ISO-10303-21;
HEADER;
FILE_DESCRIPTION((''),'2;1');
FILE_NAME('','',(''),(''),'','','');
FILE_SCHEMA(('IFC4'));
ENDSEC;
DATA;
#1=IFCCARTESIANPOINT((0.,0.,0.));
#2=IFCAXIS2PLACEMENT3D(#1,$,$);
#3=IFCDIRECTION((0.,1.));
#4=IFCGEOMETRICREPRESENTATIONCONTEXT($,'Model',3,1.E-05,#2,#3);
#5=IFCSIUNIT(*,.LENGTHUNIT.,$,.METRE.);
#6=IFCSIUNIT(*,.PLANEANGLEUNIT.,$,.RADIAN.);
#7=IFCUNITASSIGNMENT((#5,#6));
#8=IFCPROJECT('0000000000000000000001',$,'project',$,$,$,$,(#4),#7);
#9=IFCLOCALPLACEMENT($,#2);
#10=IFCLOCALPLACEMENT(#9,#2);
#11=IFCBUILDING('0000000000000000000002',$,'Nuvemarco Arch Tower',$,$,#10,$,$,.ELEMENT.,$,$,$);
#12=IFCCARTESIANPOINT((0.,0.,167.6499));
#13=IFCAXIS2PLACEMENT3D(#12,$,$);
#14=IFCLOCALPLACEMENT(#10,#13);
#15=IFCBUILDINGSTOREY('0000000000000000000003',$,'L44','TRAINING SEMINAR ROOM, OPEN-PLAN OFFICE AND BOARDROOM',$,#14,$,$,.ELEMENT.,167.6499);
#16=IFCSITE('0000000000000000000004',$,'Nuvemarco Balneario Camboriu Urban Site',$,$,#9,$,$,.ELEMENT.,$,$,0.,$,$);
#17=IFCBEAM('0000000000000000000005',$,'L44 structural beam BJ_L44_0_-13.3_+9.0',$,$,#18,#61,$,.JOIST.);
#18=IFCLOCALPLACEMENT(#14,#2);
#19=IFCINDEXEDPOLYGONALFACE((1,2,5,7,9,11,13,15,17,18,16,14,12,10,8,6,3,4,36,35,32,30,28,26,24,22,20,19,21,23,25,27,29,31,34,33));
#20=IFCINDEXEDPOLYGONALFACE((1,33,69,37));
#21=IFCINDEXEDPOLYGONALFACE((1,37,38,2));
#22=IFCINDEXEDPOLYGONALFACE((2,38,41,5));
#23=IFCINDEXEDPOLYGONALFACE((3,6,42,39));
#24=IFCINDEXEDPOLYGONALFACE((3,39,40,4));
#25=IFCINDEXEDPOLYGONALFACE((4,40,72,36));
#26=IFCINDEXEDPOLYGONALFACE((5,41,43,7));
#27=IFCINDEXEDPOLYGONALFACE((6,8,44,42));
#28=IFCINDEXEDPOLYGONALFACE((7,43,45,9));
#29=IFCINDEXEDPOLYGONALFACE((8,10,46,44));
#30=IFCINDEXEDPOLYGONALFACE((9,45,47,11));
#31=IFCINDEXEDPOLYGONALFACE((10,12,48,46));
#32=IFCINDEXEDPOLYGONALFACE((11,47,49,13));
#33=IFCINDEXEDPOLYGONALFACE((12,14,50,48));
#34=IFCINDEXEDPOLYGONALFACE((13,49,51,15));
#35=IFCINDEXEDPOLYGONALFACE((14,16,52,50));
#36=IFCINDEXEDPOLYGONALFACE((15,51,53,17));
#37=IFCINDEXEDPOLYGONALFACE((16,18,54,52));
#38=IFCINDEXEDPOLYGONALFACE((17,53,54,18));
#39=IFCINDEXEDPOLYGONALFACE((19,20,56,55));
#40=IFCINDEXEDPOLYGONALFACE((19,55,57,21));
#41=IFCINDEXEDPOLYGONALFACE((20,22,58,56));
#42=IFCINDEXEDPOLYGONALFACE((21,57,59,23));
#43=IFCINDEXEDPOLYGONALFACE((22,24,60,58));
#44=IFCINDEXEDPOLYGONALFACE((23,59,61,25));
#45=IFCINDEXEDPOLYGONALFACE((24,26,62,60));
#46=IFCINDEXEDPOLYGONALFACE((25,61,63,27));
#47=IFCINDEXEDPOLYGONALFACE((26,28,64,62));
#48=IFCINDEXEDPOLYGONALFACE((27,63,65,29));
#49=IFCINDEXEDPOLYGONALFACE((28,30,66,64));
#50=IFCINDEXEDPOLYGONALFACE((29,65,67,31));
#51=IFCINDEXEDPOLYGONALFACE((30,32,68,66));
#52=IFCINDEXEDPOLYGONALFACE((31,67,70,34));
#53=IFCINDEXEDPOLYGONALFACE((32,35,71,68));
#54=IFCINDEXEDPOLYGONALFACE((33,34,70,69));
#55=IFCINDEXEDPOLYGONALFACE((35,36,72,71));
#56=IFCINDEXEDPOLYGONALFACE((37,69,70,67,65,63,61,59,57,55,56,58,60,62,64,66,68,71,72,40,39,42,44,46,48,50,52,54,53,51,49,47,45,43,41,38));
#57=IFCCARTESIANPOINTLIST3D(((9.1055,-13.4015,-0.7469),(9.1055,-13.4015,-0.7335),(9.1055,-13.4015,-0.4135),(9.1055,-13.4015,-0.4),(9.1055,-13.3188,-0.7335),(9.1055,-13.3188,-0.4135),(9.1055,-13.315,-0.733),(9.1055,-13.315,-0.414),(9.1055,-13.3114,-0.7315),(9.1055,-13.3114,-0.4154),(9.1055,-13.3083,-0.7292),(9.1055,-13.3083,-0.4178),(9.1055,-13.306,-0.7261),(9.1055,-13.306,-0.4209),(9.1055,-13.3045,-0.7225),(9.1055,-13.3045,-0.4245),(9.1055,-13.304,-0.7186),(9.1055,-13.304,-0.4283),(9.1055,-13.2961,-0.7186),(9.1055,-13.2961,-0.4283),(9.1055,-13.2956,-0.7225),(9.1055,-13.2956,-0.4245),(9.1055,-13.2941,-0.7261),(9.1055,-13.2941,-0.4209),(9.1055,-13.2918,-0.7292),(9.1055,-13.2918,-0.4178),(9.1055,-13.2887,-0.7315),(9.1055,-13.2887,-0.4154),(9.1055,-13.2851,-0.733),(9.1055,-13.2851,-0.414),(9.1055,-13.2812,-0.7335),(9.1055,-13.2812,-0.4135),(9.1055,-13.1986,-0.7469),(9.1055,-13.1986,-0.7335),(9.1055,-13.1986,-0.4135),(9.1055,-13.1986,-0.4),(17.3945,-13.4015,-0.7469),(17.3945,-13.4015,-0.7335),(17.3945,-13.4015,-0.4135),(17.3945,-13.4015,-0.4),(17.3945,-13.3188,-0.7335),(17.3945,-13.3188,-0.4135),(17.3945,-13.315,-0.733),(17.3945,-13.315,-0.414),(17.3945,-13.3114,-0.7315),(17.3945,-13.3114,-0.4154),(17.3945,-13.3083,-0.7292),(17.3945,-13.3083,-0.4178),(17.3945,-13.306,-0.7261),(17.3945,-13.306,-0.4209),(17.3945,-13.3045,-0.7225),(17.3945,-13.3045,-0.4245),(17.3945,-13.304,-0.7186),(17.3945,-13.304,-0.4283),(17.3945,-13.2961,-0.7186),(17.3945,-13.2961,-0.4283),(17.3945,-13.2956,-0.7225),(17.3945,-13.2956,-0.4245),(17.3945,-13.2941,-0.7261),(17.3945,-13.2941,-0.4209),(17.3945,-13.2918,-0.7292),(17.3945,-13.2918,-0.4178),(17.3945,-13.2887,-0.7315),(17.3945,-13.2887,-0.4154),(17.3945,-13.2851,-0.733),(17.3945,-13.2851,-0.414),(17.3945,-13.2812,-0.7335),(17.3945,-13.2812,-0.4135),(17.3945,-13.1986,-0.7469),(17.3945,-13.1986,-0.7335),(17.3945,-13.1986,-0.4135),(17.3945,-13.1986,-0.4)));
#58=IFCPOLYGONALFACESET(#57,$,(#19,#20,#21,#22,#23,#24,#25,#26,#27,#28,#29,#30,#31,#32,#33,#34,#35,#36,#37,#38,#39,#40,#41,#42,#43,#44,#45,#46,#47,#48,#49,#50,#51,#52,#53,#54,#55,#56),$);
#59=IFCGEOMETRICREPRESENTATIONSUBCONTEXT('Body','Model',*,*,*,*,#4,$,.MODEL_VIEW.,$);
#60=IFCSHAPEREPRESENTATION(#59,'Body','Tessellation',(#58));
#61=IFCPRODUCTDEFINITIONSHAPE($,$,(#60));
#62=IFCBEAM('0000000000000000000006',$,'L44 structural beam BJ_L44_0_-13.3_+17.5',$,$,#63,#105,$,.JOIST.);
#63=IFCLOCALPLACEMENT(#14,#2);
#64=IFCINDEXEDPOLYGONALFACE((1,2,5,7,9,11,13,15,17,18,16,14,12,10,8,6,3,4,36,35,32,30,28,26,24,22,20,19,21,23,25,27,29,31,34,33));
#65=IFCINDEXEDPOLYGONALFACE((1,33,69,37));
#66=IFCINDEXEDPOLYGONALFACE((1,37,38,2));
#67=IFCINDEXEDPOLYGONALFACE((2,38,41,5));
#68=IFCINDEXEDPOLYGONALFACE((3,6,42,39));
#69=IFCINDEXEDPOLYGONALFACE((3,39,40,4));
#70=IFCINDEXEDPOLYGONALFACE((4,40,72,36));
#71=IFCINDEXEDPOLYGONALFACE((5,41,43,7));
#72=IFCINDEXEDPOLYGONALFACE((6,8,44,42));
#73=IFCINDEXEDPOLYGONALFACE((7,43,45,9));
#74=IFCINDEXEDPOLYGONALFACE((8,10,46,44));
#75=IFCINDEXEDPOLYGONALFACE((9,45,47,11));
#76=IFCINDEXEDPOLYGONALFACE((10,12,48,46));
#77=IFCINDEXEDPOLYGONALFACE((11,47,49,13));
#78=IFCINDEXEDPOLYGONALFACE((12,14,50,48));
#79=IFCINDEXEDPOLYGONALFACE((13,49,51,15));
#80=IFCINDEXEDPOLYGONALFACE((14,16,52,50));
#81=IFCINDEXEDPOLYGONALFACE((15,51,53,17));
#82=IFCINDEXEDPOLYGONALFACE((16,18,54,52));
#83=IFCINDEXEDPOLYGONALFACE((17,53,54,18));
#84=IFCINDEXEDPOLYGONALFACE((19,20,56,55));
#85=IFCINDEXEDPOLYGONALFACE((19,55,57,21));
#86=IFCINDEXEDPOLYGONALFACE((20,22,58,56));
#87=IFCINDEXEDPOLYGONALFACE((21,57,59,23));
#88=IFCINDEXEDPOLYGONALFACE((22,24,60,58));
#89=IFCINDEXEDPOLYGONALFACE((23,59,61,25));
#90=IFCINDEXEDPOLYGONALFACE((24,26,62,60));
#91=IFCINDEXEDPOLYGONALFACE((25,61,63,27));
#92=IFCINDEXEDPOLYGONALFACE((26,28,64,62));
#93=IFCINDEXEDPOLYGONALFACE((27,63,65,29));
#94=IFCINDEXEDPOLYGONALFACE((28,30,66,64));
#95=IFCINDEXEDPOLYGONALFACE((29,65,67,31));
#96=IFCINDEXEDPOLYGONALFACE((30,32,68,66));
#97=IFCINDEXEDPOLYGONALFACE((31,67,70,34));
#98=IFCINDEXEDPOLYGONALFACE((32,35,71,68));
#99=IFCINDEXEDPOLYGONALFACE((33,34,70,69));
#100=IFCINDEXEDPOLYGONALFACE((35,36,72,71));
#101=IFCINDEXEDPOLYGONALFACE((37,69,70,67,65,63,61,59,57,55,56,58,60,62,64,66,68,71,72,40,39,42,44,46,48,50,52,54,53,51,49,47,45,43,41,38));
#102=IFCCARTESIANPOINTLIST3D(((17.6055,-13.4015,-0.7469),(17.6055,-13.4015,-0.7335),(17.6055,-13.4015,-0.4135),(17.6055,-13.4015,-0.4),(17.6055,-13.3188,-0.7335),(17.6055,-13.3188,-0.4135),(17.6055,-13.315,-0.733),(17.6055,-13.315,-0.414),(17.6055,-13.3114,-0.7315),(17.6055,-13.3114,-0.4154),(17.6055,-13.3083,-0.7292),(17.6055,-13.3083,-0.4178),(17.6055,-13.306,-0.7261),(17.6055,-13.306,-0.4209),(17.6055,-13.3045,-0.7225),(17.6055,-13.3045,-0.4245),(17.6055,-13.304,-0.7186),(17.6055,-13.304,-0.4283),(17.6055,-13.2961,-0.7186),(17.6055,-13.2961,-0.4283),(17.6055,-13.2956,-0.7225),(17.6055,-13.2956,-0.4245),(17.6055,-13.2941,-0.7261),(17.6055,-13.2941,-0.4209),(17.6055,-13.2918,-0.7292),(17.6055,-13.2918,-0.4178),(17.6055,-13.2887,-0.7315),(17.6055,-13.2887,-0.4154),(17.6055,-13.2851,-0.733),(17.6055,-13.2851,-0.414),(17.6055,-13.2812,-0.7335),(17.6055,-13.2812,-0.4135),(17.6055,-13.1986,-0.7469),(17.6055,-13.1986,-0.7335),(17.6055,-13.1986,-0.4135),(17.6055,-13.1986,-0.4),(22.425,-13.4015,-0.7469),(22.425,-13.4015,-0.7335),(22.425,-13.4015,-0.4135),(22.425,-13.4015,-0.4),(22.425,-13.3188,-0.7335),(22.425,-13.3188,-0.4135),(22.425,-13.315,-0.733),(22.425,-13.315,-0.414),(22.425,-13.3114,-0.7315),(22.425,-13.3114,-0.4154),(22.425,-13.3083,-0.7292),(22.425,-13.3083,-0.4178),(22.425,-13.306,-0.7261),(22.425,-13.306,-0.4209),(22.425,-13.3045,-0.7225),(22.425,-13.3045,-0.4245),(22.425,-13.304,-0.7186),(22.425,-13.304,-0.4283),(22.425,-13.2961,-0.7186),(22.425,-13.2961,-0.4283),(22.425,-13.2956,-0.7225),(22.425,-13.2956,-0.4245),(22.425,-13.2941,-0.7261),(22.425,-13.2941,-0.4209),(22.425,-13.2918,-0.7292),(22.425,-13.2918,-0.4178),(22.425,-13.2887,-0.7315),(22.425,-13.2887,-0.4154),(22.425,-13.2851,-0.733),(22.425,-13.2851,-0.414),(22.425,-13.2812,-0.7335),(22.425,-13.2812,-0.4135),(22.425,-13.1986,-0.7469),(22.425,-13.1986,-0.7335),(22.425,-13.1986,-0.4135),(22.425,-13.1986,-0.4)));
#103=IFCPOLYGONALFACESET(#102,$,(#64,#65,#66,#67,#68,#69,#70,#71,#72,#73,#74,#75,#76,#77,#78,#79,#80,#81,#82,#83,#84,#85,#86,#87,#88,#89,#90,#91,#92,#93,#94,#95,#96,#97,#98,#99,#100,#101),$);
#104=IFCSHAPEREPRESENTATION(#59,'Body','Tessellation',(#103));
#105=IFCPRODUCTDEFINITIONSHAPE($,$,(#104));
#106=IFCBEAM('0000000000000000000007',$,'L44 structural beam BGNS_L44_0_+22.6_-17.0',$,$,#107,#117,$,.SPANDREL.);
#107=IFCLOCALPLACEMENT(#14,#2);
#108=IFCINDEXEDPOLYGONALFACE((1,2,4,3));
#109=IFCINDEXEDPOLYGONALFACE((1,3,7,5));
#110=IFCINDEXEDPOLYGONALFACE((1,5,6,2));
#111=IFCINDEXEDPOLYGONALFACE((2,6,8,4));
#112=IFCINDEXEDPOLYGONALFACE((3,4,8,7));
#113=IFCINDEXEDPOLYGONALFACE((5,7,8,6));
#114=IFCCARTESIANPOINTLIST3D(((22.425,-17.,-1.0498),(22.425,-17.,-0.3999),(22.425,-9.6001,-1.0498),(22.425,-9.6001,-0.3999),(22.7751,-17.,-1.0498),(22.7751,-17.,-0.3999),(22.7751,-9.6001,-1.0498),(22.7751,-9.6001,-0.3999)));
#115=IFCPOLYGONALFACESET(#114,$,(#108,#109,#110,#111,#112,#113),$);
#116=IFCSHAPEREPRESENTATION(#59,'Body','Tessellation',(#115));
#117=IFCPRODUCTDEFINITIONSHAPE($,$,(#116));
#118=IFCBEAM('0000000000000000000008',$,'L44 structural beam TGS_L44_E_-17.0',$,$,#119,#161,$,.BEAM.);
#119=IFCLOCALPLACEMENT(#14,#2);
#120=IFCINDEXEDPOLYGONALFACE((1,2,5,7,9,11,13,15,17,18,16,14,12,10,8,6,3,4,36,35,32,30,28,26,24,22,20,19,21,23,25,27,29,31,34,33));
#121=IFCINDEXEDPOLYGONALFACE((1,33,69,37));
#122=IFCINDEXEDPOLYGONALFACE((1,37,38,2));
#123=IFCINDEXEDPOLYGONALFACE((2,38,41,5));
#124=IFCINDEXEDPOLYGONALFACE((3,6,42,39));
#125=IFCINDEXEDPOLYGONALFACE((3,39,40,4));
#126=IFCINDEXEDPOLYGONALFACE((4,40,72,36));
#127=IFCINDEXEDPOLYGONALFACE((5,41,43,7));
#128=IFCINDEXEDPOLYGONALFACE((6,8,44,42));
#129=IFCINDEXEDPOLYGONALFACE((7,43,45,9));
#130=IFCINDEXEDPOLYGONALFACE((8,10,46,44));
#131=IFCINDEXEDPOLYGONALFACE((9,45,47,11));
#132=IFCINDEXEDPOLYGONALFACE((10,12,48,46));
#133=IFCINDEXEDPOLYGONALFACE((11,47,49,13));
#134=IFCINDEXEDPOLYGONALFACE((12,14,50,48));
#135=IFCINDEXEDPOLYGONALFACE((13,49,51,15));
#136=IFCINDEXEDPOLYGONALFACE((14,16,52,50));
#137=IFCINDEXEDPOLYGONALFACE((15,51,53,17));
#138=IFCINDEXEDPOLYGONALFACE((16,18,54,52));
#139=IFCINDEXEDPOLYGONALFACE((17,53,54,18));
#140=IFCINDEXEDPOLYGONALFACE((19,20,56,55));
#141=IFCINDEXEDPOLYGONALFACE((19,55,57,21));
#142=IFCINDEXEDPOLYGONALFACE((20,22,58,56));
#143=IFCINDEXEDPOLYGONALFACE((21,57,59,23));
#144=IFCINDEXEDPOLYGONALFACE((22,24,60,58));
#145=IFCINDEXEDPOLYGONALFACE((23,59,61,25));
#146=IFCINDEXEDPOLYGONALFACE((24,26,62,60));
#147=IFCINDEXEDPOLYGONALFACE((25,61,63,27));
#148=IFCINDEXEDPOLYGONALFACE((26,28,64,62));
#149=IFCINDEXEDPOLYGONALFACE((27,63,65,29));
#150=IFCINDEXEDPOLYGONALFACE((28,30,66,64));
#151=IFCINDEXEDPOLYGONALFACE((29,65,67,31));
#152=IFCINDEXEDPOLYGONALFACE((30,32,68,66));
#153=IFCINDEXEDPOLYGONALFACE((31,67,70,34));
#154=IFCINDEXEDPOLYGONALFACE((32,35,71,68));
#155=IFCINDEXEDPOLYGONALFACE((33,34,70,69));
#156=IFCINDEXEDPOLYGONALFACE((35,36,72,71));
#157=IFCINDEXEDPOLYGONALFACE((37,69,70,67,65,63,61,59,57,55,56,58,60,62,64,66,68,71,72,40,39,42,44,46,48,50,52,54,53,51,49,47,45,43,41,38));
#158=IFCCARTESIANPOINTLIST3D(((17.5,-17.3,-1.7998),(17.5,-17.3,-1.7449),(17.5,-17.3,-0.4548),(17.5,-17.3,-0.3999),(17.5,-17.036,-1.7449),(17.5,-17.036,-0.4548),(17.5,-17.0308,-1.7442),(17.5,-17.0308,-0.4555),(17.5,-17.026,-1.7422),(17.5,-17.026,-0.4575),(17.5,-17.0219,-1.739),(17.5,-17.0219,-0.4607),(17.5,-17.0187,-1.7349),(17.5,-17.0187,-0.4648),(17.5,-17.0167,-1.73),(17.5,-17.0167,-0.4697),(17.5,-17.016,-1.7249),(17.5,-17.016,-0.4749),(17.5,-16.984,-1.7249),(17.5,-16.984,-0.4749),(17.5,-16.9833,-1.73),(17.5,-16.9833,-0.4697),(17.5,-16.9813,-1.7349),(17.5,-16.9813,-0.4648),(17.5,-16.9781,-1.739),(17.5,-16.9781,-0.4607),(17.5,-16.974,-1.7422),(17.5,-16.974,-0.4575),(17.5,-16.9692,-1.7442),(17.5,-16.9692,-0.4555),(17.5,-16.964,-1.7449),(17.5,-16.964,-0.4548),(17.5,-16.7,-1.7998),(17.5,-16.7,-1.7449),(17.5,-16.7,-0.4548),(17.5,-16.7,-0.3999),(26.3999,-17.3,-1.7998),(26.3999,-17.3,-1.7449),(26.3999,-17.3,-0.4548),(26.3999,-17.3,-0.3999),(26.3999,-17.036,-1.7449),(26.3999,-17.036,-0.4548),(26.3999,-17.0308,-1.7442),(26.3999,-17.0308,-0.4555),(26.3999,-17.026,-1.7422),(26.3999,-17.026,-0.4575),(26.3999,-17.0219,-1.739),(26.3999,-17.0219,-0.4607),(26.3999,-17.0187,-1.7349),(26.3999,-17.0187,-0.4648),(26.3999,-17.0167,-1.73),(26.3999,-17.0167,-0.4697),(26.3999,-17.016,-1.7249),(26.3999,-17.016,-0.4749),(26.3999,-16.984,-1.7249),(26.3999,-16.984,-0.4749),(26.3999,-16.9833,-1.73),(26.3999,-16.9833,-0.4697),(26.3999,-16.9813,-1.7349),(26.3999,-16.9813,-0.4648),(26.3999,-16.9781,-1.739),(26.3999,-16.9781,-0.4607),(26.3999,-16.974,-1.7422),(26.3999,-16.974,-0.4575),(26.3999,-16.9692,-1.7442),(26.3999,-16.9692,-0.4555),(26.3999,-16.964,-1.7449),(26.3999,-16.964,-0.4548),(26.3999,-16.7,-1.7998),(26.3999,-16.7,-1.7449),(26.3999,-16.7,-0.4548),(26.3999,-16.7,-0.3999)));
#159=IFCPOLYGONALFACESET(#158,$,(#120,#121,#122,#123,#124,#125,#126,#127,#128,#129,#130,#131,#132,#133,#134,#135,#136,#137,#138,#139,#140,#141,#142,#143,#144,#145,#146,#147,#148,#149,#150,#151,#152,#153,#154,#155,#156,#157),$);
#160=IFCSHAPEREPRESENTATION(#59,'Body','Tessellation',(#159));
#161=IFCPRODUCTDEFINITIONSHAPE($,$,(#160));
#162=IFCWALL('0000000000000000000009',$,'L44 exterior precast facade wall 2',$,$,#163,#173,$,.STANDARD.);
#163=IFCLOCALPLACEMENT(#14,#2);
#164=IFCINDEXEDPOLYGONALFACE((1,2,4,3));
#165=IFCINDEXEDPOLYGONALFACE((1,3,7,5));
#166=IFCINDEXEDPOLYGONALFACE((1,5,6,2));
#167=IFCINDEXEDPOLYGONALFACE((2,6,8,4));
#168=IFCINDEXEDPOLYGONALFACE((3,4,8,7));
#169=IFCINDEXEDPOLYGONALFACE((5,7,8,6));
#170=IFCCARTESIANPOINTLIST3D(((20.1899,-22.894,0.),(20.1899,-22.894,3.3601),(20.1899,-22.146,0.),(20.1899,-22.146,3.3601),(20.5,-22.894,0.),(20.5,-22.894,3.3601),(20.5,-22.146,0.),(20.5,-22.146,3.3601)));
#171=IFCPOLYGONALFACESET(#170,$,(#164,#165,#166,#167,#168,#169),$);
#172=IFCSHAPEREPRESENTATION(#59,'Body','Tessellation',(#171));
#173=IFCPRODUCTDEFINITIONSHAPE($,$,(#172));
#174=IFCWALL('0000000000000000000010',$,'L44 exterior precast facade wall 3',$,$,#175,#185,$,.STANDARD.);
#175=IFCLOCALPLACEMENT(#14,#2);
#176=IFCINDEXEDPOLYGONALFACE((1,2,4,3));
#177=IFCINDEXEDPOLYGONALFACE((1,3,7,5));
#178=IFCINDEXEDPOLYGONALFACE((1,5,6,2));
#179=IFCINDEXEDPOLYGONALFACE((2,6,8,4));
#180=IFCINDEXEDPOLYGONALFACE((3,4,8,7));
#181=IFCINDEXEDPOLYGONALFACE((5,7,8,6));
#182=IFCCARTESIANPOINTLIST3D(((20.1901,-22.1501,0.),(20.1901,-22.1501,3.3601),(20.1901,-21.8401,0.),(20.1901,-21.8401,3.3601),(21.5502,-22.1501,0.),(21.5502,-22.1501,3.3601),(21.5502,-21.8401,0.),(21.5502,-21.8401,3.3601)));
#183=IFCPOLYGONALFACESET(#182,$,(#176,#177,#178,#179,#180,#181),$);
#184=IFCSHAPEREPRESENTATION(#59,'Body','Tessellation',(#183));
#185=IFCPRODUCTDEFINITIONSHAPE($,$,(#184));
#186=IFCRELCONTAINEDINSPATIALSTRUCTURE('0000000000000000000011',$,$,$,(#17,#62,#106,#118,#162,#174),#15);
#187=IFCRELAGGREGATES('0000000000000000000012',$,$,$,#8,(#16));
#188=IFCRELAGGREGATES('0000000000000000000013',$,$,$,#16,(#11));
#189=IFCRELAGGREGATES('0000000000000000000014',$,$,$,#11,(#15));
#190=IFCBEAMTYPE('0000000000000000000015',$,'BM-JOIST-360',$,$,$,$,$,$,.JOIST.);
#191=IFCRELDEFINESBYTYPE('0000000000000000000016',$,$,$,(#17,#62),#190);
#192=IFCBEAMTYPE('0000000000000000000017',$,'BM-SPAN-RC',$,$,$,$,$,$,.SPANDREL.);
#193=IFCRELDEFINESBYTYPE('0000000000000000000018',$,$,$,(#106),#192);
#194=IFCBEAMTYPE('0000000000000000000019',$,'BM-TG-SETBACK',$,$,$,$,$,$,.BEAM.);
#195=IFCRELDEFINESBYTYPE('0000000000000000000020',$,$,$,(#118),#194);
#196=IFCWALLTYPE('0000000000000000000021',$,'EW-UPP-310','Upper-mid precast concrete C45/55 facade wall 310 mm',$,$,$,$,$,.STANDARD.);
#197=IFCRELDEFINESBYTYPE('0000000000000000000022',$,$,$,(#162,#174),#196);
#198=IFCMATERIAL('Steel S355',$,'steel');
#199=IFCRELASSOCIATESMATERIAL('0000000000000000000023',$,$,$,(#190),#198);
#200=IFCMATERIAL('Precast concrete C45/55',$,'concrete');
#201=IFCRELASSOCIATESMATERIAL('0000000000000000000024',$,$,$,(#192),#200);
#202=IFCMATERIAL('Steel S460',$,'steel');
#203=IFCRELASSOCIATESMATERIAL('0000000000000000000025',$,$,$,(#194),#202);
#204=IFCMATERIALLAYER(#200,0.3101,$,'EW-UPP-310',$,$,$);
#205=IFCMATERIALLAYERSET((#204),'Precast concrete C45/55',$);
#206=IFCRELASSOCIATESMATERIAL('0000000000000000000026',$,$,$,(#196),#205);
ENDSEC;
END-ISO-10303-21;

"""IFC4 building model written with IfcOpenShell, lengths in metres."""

from ifc_helpers import new_model, si_unit, direction, frame, frame_2d, origin, origin_2d, place, context, subcontext, project, spatial, rectangle, i_section, extrude, material, layer, layer_set, material_profile, profile_set, type_object, element, save


model = new_model("IFC4")

# Units and contexts
model_context = context("Model", 3, precision=1e-05, world=origin(), true_north=direction((0.0, 1.0)))
body_context = subcontext(model_context, "Body", "Model", "MODEL_VIEW")
ifc_project = project(units=[si_unit("LENGTHUNIT", "METRE"), si_unit("PLANEANGLEUNIT", "RADIAN")], contexts=[model_context])

# Site, building, storey
site_placement = place(None, origin())
site = spatial("IfcSite", under=ifc_project, at=site_placement, Name="Nuvemarco Balneario Camboriu Urban Site", CompositionType="ELEMENT", RefElevation=0.0)
building_placement = place(site_placement, origin())
building = spatial("IfcBuilding", under=site, at=building_placement, Name="Nuvemarco Arch Tower", CompositionType="ELEMENT")
storey_placement = place(building_placement, frame((0.0, 0.0, 167.6499)))
storey = spatial("IfcBuildingStorey", under=building, at=storey_placement, Name="L44", Description="TRAINING SEMINAR ROOM, OPEN-PLAN OFFICE AND BOARDROOM", CompositionType="ELEMENT", Elevation=167.6499)

# Shared definitions
ifc_material_1 = material(Name="Steel S355", Category="steel")

# Beams
ifc_material_profile_1 = material_profile(ifc_material_1, i_section(OverallWidth=0.2029, OverallDepth=0.3469, WebThickness=0.0078, FlangeThickness=0.0134, FilletRadius=0.0149, at=origin_2d()), Name="W360x64")
ifc_profile_set_1 = profile_set([ifc_material_profile_1], Name="Steel S355")
beam_type_1 = type_object("IfcBeamType", Name="BM-JOIST-360", PredefinedType="JOIST", material=ifc_profile_set_1)
beam_1_placement = place(storey_placement, frame((9.1055, -13.3, -0.5735), z_axis=(1.0, 0.0, 0.0), x_axis=(0.0, 1.0, 0.0)))
element("IfcBeam", 1, at=beam_1_placement, inside=storey, type_object=beam_type_1, Name="L44 structural beam BJ_L44_0_-13.3_+9.0", PredefinedType="JOIST", context=body_context, shape_type="SweptSolid", body=[
    extrude(i_section(OverallWidth=0.2029, OverallDepth=0.3469, WebThickness=0.0078, FlangeThickness=0.0134, FilletRadius=0.0149, at=origin_2d()), origin(), (0.0, 0.0, 1.0), 8.2891),
])
beam_2_placement = place(storey_placement, frame((17.6055, -13.3, -0.5735), z_axis=(1.0, 0.0, 0.0), x_axis=(0.0, 1.0, 0.0)))
element("IfcBeam", 2, at=beam_2_placement, inside=storey, type_object=beam_type_1, Name="L44 structural beam BJ_L44_0_-13.3_+17.5", PredefinedType="JOIST", context=body_context, shape_type="SweptSolid", body=[
    extrude(i_section(OverallWidth=0.2029, OverallDepth=0.3469, WebThickness=0.0078, FlangeThickness=0.0134, FilletRadius=0.0149, at=origin_2d()), origin(), (0.0, 0.0, 1.0), 4.8196),
])
ifc_material_2 = material(Name="Precast concrete C45/55", Category="concrete")
ifc_material_profile_2 = material_profile(ifc_material_2, rectangle(XDim=0.3501, YDim=0.6499, at=origin_2d()), Name="PC-SP-350x650")
ifc_profile_set_2 = profile_set([ifc_material_profile_2], Name="Precast concrete C45/55")
beam_type_2 = type_object("IfcBeamType", Name="BM-SPAN-RC", PredefinedType="SPANDREL", material=ifc_profile_set_2)
beam_3_placement = place(storey_placement, frame((22.6001, -17.0, -0.7249), z_axis=(0.0, 1.0, 0.0), x_axis=(-1.0, 0.0, 0.0)))
element("IfcBeam", 3, at=beam_3_placement, inside=storey, type_object=beam_type_2, Name="L44 structural beam BGNS_L44_0_+22.6_-17.0", PredefinedType="SPANDREL", context=body_context, shape_type="SweptSolid", body=[
    extrude(rectangle(XDim=0.3501, YDim=0.6499, at=origin_2d()), origin(), (0.0, 0.0, 1.0), 7.3999),
])
ifc_material_3 = material(Name="Steel S460", Category="steel")
ifc_material_profile_3 = material_profile(ifc_material_3, i_section(OverallWidth=0.6001, OverallDepth=1.3999, WebThickness=0.032, FlangeThickness=0.0549, FilletRadius=0.02, at=origin_2d()), Name="PG1400x600")
ifc_profile_set_3 = profile_set([ifc_material_profile_3], Name="Steel S460")
beam_type_3 = type_object("IfcBeamType", Name="BM-TG-SETBACK", PredefinedType="BEAM", material=ifc_profile_set_3)
beam_4_placement = place(storey_placement, frame((17.5, -17.0, -1.0999), z_axis=(1.0, 0.0, 0.0), x_axis=(0.0, 1.0, 0.0)))
element("IfcBeam", 4, at=beam_4_placement, inside=storey, type_object=beam_type_3, Name="L44 structural beam TGS_L44_E_-17.0", PredefinedType="BEAM", context=body_context, shape_type="SweptSolid", body=[
    extrude(i_section(OverallWidth=0.6001, OverallDepth=1.3999, WebThickness=0.032, FlangeThickness=0.0549, FilletRadius=0.02, at=origin_2d()), origin(), (0.0, 0.0, 1.0), 8.8999),
])

# Walls
ifc_layer_1 = layer(ifc_material_2, 0.3101, Name="EW-UPP-310")
ifc_layer_set_1 = layer_set([ifc_layer_1], Name="Precast concrete C45/55")
wall_type_1 = type_object("IfcWallType", Name="EW-UPP-310", Description="Upper-mid precast concrete C45/55 facade wall 310 mm", PredefinedType="STANDARD", material=ifc_layer_set_1)
wall_1_placement = place(storey_placement, frame((20.345, -22.894, 0.0), z_axis=(0.0, 0.0, 1.0), x_axis=(0.0, 1.0, 0.0)))
element("IfcWall", 5, at=wall_1_placement, inside=storey, type_object=wall_type_1, Name="L44 exterior precast facade wall 2", PredefinedType="STANDARD", context=body_context, shape_type="SweptSolid", body=[
    extrude(rectangle(XDim=0.748, YDim=0.3101, at=frame_2d((0.374, 0.0))), origin(), (0.0, 0.0, 1.0), 3.3601),
])
wall_2_placement = place(storey_placement, frame((20.1899, -21.9951, 0.0), z_axis=(0.0, 0.0, 1.0), x_axis=(1.0, 0.0, 0.0)))
element("IfcWall", 6, at=wall_2_placement, inside=storey, type_object=wall_type_1, Name="L44 exterior precast facade wall 3", PredefinedType="STANDARD", context=body_context, shape_type="SweptSolid", body=[
    extrude(rectangle(XDim=1.3601, YDim=0.3101, at=frame_2d((0.6802, 0.0))), origin(), (0.0, 0.0, 1.0), 3.3601),
])

save(model, "model.ifc")
